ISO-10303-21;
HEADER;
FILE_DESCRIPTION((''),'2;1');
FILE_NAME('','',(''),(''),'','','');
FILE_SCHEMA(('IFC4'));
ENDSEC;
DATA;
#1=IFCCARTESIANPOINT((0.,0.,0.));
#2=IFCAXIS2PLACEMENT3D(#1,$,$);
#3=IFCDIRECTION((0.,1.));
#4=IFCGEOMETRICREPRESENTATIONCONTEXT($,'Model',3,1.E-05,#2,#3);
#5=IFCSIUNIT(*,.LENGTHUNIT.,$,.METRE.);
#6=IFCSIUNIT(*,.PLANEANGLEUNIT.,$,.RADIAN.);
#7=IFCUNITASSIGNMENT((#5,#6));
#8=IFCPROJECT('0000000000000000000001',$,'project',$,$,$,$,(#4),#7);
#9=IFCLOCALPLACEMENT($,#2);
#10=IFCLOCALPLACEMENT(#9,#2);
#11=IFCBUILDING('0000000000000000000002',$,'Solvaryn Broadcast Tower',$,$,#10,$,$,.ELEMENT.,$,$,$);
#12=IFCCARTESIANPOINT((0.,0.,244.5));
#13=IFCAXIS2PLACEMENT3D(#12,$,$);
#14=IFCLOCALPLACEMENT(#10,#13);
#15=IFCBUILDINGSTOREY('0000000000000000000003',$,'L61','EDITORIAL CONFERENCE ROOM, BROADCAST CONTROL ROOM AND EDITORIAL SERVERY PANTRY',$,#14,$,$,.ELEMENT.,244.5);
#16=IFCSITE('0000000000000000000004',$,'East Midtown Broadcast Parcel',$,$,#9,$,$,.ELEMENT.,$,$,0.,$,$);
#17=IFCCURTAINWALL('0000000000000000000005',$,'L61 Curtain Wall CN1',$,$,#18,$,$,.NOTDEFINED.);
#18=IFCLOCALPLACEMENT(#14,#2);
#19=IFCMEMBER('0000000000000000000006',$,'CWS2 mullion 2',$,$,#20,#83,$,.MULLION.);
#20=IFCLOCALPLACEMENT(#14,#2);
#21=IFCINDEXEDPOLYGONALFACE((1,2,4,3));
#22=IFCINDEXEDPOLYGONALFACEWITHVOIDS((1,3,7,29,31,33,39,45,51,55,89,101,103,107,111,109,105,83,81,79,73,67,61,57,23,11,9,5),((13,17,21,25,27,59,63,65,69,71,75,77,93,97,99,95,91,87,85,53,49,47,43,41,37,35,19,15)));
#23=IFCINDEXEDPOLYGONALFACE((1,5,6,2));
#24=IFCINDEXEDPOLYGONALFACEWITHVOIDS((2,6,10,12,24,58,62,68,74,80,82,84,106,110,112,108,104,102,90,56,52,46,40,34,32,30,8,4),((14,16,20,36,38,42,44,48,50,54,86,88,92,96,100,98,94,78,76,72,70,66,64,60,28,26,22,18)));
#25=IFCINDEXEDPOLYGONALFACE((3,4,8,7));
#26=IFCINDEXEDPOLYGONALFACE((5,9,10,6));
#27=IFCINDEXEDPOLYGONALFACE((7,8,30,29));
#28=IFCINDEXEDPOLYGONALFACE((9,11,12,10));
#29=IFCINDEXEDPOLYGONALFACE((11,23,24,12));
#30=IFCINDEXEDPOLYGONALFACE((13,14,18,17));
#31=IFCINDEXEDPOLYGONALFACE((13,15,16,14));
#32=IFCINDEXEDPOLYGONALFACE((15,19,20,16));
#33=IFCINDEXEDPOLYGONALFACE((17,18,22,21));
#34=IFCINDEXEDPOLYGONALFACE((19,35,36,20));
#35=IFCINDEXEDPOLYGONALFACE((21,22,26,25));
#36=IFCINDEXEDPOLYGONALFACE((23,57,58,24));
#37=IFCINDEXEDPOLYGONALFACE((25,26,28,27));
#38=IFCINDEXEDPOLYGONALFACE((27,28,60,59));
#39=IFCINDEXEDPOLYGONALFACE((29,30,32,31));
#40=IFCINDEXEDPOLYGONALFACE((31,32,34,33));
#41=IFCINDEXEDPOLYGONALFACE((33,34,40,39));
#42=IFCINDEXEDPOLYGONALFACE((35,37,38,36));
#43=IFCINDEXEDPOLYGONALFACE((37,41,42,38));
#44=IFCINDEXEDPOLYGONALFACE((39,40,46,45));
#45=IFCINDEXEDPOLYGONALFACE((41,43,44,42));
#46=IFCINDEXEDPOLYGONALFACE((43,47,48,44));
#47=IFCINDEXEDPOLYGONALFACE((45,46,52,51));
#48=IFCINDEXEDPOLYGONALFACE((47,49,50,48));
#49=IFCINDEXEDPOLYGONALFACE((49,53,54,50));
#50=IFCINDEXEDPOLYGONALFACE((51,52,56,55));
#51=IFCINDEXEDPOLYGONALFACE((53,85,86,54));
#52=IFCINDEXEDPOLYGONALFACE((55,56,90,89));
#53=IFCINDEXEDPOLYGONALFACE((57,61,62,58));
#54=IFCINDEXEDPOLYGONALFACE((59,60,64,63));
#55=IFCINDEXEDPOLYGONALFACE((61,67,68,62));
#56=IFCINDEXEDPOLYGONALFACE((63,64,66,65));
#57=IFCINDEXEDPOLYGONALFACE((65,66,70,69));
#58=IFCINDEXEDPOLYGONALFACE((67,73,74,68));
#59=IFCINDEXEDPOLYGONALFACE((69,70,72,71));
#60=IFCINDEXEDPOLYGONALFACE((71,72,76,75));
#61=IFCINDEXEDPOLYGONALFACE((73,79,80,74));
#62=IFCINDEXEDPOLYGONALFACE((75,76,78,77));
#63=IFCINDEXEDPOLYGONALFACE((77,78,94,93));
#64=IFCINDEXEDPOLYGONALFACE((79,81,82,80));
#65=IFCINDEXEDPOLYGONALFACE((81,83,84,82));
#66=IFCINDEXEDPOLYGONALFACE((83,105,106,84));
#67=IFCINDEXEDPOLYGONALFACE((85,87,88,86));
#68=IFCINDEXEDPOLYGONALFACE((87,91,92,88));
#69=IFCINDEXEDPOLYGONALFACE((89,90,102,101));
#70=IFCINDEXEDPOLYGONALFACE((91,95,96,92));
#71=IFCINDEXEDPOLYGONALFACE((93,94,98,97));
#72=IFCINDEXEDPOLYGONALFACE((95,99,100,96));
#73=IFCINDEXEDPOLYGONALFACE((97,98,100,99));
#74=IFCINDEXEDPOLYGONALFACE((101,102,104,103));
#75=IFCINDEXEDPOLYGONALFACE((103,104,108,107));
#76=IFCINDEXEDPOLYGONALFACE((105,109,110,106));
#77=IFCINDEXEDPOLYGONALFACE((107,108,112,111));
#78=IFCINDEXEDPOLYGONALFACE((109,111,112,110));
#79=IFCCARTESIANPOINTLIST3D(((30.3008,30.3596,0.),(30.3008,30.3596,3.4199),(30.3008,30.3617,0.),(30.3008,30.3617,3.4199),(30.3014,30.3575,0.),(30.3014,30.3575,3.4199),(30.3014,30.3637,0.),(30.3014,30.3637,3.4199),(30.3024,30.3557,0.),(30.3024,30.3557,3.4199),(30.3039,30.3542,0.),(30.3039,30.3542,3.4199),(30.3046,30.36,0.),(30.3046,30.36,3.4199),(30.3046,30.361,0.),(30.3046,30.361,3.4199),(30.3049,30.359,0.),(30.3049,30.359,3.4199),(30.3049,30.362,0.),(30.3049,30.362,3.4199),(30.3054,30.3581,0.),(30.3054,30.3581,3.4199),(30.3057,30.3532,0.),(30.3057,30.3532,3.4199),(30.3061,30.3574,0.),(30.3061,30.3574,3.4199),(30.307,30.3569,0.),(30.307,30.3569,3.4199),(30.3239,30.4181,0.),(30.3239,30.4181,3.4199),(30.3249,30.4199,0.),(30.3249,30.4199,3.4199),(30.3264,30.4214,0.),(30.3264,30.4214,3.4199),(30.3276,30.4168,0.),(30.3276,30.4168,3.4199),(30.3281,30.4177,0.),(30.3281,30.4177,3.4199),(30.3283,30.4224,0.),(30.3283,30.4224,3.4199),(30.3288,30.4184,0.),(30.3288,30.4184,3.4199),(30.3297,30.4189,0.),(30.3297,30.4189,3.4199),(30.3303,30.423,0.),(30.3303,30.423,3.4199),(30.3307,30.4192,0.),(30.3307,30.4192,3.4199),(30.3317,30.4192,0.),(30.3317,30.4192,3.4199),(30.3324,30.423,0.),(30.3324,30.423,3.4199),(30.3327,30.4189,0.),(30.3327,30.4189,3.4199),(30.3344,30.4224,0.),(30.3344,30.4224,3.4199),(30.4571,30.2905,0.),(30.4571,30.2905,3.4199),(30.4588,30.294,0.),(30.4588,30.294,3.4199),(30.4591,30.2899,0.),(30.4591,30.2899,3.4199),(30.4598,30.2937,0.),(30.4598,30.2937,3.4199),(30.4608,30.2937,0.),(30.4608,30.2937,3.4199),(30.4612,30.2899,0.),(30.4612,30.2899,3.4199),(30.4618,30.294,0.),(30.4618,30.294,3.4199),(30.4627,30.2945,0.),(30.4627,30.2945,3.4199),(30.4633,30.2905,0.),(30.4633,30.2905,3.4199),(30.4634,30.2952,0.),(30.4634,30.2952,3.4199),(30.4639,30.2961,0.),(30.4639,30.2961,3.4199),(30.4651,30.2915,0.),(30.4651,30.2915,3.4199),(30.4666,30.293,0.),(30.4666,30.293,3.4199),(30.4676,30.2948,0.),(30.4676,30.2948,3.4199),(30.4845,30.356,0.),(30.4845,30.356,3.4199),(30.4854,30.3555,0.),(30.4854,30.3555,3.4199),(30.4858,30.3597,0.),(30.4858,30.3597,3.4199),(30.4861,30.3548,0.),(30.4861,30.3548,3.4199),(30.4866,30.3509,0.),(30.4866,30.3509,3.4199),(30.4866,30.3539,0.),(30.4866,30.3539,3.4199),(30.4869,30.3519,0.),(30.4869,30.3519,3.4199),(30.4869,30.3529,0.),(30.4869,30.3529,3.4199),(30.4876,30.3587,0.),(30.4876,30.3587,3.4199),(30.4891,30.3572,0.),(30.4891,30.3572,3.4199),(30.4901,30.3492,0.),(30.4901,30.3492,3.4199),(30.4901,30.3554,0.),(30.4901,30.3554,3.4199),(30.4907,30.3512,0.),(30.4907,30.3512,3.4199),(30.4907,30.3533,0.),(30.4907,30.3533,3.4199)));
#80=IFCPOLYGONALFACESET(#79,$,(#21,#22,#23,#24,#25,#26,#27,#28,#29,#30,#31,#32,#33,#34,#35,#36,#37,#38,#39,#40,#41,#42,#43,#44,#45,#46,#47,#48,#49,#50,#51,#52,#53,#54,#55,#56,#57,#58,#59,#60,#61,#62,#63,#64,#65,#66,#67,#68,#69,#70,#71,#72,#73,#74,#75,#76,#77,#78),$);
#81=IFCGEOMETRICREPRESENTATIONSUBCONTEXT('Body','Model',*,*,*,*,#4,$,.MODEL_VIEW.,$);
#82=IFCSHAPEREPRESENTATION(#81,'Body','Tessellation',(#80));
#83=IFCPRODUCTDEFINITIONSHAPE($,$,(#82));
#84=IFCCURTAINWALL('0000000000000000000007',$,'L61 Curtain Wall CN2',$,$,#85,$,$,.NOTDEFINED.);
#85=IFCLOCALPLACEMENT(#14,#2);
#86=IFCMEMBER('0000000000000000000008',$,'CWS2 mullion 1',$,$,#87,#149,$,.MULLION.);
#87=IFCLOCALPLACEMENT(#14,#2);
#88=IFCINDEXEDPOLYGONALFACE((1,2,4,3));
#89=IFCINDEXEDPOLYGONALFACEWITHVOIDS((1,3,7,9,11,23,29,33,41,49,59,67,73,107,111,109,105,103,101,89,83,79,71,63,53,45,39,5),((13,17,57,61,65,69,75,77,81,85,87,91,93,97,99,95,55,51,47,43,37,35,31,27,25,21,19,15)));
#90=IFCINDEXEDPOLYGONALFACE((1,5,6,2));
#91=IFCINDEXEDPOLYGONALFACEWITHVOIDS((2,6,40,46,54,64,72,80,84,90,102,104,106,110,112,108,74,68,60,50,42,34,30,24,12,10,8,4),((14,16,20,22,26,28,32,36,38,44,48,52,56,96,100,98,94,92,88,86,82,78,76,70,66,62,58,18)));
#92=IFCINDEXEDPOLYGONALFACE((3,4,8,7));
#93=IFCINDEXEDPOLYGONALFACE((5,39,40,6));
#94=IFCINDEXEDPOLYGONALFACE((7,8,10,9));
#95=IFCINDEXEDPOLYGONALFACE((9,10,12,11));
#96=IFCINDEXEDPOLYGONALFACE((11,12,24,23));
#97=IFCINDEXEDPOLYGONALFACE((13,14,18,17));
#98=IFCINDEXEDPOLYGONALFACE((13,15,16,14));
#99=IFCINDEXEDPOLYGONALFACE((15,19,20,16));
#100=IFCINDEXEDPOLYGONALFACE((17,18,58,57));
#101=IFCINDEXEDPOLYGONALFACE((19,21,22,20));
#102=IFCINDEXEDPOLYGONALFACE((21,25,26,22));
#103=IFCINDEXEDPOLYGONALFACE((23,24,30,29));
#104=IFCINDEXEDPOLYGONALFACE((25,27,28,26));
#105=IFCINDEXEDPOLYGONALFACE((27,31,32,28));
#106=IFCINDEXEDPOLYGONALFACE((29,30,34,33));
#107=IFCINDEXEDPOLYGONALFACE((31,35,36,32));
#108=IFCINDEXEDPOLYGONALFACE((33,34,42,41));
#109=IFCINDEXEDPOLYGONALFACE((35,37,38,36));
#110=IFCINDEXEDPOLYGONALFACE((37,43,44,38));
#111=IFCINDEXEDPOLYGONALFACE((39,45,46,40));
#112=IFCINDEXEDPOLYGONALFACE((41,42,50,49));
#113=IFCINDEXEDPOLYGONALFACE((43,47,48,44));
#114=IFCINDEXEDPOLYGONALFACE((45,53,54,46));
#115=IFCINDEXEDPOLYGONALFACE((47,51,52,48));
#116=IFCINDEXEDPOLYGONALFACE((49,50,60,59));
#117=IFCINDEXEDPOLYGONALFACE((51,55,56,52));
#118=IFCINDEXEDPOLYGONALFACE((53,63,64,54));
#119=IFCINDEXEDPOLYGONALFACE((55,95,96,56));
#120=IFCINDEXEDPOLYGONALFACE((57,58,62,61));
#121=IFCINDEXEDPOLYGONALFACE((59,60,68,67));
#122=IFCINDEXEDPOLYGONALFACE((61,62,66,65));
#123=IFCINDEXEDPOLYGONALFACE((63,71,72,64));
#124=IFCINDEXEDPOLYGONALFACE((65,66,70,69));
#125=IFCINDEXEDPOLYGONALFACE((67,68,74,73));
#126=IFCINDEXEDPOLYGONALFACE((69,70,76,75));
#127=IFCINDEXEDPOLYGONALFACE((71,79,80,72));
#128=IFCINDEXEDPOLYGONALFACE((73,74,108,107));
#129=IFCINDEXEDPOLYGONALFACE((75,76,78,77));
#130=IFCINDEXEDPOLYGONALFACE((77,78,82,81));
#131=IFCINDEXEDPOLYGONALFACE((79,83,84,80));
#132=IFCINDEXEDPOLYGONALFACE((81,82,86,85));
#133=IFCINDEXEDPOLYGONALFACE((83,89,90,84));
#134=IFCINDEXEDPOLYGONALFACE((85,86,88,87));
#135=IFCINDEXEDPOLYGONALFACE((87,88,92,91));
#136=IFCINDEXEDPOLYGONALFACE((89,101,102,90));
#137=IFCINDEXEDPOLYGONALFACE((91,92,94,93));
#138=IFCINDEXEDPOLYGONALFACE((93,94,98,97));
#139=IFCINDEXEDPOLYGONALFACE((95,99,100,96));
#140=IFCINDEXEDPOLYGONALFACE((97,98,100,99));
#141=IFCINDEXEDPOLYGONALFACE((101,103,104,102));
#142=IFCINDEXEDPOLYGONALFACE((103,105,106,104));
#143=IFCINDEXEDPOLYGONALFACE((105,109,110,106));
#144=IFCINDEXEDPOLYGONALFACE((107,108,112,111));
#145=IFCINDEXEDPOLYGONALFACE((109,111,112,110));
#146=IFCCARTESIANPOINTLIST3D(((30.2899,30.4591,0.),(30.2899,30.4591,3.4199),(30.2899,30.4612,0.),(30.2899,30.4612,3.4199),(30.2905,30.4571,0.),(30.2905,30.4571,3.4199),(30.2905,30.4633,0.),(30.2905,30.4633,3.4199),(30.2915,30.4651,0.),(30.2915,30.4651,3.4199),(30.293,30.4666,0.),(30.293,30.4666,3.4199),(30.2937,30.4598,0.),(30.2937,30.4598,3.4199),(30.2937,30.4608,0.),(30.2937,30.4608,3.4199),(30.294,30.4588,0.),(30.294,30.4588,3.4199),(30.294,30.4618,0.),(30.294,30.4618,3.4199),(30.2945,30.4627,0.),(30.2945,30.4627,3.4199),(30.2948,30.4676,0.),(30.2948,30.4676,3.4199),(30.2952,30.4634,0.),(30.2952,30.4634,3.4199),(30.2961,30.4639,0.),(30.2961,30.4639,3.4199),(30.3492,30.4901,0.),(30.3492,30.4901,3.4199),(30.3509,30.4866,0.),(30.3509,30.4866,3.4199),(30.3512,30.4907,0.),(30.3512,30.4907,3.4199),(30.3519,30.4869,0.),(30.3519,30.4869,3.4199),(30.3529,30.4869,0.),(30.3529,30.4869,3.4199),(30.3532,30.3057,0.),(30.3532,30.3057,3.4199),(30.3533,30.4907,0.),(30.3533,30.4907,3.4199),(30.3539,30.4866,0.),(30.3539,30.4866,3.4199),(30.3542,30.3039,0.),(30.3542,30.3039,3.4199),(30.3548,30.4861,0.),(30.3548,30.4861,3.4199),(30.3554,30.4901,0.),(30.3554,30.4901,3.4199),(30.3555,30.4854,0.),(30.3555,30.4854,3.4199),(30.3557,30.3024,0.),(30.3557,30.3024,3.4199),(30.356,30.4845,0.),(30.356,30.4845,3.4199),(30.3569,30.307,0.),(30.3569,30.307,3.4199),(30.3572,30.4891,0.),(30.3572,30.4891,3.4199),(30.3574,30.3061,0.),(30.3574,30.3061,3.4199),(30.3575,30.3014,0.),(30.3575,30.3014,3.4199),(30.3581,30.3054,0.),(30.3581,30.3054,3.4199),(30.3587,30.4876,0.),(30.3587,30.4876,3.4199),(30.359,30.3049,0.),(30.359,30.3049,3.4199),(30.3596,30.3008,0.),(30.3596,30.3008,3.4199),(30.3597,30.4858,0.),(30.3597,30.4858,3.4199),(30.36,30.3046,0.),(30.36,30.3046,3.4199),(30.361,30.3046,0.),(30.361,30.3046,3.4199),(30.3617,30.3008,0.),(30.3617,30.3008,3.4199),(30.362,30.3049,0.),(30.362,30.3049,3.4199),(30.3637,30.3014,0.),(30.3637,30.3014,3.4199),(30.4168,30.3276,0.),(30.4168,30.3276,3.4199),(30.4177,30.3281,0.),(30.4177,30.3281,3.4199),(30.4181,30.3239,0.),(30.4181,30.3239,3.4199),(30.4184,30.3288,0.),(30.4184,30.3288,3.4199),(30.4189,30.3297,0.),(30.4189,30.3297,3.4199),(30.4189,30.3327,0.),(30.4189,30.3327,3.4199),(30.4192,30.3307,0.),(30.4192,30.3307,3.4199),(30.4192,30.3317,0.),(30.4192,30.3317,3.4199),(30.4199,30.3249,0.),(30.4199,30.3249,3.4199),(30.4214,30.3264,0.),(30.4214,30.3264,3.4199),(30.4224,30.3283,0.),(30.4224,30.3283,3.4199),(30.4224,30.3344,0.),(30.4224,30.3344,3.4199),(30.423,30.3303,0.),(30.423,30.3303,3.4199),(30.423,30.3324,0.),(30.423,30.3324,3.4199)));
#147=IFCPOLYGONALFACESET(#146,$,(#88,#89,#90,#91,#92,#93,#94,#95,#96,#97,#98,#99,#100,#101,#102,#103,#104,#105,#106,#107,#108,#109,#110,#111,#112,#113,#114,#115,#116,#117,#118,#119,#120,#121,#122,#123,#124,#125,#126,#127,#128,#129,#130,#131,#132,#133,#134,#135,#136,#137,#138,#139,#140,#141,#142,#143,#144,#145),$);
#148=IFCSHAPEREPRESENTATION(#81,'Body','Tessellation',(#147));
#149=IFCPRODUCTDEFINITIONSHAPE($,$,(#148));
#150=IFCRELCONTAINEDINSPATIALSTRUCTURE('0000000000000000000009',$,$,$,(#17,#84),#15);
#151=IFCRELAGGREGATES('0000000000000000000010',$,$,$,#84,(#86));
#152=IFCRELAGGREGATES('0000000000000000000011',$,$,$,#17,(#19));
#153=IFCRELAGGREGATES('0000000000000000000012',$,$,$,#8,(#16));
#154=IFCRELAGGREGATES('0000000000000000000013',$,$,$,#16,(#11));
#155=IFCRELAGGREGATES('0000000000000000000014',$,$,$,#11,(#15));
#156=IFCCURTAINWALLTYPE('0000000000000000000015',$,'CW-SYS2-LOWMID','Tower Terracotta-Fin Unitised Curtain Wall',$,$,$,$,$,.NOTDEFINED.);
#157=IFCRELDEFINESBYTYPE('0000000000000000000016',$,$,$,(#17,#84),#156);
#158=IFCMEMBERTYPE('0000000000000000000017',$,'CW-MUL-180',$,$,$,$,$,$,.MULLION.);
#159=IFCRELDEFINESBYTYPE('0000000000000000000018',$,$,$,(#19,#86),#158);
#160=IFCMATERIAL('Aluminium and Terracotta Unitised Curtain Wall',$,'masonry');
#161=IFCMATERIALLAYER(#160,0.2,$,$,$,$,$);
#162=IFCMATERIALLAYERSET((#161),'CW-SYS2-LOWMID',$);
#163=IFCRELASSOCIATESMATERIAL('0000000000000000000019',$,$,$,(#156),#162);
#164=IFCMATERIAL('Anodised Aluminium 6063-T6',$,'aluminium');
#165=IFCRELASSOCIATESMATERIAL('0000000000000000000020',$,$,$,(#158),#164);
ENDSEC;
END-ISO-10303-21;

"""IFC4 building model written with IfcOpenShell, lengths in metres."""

from ifc_helpers import new_model, si_unit, direction, frame, origin, origin_2d, place, context, subcontext, project, spatial, hollow_rectangle, extrude, material, layer, layer_set, material_profile, profile_set, type_object, element, aggregate, save


model = new_model("IFC4")

# Units and contexts
model_context = context("Model", 3, precision=1e-05, world=origin(), true_north=direction((0.0, 1.0)))
body_context = subcontext(model_context, "Body", "Model", "MODEL_VIEW")
ifc_project = project(units=[si_unit("LENGTHUNIT", "METRE"), si_unit("PLANEANGLEUNIT", "RADIAN")], contexts=[model_context])

# Site, building, storey
site_placement = place(None, origin())
site = spatial("IfcSite", under=ifc_project, at=site_placement, Name="East Midtown Broadcast Parcel", CompositionType="ELEMENT", RefElevation=0.0)
building_placement = place(site_placement, origin())
building = spatial("IfcBuilding", under=site, at=building_placement, Name="Solvaryn Broadcast Tower", CompositionType="ELEMENT")
storey_placement = place(building_placement, frame((0.0, 0.0, 244.5)))
storey = spatial("IfcBuildingStorey", under=building, at=storey_placement, Name="L61", Description="EDITORIAL CONFERENCE ROOM, BROADCAST CONTROL ROOM AND EDITORIAL SERVERY PANTRY", CompositionType="ELEMENT", Elevation=244.5)

# Curtain wall, member
ifc_material_1 = material(Name="Aluminium and Terracotta Unitised Curtain Wall", Category="masonry")
ifc_layer_1 = layer(ifc_material_1, 0.2)
ifc_layer_set_1 = layer_set([ifc_layer_1], Name="CW-SYS2-LOWMID")
curtain_wall_type = type_object("IfcCurtainWallType", Name="CW-SYS2-LOWMID", Description="Tower Terracotta-Fin Unitised Curtain Wall", PredefinedType="NOTDEFINED", material=ifc_layer_set_1)
curtain_wall_1_placement = place(storey_placement, origin())
curtain_wall_1 = element("IfcCurtainWall", 1, at=curtain_wall_1_placement, inside=storey, type_object=curtain_wall_type, Name="L61 Curtain Wall CN1", PredefinedType="NOTDEFINED")
ifc_material_2 = material(Name="Anodised Aluminium 6063-T6", Category="aluminium")
ifc_material_profile_1 = material_profile(ifc_material_2, hollow_rectangle(XDim=0.075, YDim=0.1799, WallThickness=0.0039, InnerFilletRadius=0.0039, OuterFilletRadius=0.0081, at=origin_2d()))
ifc_profile_set_1 = profile_set([ifc_material_profile_1], Name="Anodised Aluminium 6063-T6")
member_type_1 = type_object("IfcMemberType", Name="CW-MUL-180", PredefinedType="MULLION", material=ifc_profile_set_1)
member_1_placement = place(storey_placement, frame((30.3958, 30.3564, 0.0), z_axis=(0.0, 0.0, 1.0), x_axis=(-0.382646, -0.923895, 0.0)))
member_1 = element("IfcMember", 2, at=member_1_placement, type_object=member_type_1, Name="CWS2 mullion 2", PredefinedType="MULLION", context=body_context, shape_type="SweptSolid", body=[
    extrude(hollow_rectangle(XDim=0.075, YDim=0.1799, WallThickness=0.0039, InnerFilletRadius=0.0039, OuterFilletRadius=0.0081, at=origin_2d()), origin(), (0.0, 0.0, 1.0), 3.4199),
])

# Curtain wall, member
curtain_wall_2_placement = place(storey_placement, origin())
curtain_wall_2 = element("IfcCurtainWall", 3, at=curtain_wall_2_placement, inside=storey, type_object=curtain_wall_type, Name="L61 Curtain Wall CN2", PredefinedType="NOTDEFINED")
member_2_placement = place(storey_placement, frame((30.3564, 30.3958, 0.0), z_axis=(0.0, 0.0, 1.0), x_axis=(-0.923895, -0.382646, 0.0)))
member_2 = element("IfcMember", 4, at=member_2_placement, type_object=member_type_1, Name="CWS2 mullion 1", PredefinedType="MULLION", context=body_context, shape_type="SweptSolid", body=[
    extrude(hollow_rectangle(XDim=0.075, YDim=0.1799, WallThickness=0.0039, InnerFilletRadius=0.0039, OuterFilletRadius=0.0081, at=origin_2d()), origin(), (0.0, 0.0, 1.0), 3.4199),
])
aggregate(curtain_wall_2, [member_2])

aggregate(curtain_wall_1, [member_1])

save(model, "model.ifc")
